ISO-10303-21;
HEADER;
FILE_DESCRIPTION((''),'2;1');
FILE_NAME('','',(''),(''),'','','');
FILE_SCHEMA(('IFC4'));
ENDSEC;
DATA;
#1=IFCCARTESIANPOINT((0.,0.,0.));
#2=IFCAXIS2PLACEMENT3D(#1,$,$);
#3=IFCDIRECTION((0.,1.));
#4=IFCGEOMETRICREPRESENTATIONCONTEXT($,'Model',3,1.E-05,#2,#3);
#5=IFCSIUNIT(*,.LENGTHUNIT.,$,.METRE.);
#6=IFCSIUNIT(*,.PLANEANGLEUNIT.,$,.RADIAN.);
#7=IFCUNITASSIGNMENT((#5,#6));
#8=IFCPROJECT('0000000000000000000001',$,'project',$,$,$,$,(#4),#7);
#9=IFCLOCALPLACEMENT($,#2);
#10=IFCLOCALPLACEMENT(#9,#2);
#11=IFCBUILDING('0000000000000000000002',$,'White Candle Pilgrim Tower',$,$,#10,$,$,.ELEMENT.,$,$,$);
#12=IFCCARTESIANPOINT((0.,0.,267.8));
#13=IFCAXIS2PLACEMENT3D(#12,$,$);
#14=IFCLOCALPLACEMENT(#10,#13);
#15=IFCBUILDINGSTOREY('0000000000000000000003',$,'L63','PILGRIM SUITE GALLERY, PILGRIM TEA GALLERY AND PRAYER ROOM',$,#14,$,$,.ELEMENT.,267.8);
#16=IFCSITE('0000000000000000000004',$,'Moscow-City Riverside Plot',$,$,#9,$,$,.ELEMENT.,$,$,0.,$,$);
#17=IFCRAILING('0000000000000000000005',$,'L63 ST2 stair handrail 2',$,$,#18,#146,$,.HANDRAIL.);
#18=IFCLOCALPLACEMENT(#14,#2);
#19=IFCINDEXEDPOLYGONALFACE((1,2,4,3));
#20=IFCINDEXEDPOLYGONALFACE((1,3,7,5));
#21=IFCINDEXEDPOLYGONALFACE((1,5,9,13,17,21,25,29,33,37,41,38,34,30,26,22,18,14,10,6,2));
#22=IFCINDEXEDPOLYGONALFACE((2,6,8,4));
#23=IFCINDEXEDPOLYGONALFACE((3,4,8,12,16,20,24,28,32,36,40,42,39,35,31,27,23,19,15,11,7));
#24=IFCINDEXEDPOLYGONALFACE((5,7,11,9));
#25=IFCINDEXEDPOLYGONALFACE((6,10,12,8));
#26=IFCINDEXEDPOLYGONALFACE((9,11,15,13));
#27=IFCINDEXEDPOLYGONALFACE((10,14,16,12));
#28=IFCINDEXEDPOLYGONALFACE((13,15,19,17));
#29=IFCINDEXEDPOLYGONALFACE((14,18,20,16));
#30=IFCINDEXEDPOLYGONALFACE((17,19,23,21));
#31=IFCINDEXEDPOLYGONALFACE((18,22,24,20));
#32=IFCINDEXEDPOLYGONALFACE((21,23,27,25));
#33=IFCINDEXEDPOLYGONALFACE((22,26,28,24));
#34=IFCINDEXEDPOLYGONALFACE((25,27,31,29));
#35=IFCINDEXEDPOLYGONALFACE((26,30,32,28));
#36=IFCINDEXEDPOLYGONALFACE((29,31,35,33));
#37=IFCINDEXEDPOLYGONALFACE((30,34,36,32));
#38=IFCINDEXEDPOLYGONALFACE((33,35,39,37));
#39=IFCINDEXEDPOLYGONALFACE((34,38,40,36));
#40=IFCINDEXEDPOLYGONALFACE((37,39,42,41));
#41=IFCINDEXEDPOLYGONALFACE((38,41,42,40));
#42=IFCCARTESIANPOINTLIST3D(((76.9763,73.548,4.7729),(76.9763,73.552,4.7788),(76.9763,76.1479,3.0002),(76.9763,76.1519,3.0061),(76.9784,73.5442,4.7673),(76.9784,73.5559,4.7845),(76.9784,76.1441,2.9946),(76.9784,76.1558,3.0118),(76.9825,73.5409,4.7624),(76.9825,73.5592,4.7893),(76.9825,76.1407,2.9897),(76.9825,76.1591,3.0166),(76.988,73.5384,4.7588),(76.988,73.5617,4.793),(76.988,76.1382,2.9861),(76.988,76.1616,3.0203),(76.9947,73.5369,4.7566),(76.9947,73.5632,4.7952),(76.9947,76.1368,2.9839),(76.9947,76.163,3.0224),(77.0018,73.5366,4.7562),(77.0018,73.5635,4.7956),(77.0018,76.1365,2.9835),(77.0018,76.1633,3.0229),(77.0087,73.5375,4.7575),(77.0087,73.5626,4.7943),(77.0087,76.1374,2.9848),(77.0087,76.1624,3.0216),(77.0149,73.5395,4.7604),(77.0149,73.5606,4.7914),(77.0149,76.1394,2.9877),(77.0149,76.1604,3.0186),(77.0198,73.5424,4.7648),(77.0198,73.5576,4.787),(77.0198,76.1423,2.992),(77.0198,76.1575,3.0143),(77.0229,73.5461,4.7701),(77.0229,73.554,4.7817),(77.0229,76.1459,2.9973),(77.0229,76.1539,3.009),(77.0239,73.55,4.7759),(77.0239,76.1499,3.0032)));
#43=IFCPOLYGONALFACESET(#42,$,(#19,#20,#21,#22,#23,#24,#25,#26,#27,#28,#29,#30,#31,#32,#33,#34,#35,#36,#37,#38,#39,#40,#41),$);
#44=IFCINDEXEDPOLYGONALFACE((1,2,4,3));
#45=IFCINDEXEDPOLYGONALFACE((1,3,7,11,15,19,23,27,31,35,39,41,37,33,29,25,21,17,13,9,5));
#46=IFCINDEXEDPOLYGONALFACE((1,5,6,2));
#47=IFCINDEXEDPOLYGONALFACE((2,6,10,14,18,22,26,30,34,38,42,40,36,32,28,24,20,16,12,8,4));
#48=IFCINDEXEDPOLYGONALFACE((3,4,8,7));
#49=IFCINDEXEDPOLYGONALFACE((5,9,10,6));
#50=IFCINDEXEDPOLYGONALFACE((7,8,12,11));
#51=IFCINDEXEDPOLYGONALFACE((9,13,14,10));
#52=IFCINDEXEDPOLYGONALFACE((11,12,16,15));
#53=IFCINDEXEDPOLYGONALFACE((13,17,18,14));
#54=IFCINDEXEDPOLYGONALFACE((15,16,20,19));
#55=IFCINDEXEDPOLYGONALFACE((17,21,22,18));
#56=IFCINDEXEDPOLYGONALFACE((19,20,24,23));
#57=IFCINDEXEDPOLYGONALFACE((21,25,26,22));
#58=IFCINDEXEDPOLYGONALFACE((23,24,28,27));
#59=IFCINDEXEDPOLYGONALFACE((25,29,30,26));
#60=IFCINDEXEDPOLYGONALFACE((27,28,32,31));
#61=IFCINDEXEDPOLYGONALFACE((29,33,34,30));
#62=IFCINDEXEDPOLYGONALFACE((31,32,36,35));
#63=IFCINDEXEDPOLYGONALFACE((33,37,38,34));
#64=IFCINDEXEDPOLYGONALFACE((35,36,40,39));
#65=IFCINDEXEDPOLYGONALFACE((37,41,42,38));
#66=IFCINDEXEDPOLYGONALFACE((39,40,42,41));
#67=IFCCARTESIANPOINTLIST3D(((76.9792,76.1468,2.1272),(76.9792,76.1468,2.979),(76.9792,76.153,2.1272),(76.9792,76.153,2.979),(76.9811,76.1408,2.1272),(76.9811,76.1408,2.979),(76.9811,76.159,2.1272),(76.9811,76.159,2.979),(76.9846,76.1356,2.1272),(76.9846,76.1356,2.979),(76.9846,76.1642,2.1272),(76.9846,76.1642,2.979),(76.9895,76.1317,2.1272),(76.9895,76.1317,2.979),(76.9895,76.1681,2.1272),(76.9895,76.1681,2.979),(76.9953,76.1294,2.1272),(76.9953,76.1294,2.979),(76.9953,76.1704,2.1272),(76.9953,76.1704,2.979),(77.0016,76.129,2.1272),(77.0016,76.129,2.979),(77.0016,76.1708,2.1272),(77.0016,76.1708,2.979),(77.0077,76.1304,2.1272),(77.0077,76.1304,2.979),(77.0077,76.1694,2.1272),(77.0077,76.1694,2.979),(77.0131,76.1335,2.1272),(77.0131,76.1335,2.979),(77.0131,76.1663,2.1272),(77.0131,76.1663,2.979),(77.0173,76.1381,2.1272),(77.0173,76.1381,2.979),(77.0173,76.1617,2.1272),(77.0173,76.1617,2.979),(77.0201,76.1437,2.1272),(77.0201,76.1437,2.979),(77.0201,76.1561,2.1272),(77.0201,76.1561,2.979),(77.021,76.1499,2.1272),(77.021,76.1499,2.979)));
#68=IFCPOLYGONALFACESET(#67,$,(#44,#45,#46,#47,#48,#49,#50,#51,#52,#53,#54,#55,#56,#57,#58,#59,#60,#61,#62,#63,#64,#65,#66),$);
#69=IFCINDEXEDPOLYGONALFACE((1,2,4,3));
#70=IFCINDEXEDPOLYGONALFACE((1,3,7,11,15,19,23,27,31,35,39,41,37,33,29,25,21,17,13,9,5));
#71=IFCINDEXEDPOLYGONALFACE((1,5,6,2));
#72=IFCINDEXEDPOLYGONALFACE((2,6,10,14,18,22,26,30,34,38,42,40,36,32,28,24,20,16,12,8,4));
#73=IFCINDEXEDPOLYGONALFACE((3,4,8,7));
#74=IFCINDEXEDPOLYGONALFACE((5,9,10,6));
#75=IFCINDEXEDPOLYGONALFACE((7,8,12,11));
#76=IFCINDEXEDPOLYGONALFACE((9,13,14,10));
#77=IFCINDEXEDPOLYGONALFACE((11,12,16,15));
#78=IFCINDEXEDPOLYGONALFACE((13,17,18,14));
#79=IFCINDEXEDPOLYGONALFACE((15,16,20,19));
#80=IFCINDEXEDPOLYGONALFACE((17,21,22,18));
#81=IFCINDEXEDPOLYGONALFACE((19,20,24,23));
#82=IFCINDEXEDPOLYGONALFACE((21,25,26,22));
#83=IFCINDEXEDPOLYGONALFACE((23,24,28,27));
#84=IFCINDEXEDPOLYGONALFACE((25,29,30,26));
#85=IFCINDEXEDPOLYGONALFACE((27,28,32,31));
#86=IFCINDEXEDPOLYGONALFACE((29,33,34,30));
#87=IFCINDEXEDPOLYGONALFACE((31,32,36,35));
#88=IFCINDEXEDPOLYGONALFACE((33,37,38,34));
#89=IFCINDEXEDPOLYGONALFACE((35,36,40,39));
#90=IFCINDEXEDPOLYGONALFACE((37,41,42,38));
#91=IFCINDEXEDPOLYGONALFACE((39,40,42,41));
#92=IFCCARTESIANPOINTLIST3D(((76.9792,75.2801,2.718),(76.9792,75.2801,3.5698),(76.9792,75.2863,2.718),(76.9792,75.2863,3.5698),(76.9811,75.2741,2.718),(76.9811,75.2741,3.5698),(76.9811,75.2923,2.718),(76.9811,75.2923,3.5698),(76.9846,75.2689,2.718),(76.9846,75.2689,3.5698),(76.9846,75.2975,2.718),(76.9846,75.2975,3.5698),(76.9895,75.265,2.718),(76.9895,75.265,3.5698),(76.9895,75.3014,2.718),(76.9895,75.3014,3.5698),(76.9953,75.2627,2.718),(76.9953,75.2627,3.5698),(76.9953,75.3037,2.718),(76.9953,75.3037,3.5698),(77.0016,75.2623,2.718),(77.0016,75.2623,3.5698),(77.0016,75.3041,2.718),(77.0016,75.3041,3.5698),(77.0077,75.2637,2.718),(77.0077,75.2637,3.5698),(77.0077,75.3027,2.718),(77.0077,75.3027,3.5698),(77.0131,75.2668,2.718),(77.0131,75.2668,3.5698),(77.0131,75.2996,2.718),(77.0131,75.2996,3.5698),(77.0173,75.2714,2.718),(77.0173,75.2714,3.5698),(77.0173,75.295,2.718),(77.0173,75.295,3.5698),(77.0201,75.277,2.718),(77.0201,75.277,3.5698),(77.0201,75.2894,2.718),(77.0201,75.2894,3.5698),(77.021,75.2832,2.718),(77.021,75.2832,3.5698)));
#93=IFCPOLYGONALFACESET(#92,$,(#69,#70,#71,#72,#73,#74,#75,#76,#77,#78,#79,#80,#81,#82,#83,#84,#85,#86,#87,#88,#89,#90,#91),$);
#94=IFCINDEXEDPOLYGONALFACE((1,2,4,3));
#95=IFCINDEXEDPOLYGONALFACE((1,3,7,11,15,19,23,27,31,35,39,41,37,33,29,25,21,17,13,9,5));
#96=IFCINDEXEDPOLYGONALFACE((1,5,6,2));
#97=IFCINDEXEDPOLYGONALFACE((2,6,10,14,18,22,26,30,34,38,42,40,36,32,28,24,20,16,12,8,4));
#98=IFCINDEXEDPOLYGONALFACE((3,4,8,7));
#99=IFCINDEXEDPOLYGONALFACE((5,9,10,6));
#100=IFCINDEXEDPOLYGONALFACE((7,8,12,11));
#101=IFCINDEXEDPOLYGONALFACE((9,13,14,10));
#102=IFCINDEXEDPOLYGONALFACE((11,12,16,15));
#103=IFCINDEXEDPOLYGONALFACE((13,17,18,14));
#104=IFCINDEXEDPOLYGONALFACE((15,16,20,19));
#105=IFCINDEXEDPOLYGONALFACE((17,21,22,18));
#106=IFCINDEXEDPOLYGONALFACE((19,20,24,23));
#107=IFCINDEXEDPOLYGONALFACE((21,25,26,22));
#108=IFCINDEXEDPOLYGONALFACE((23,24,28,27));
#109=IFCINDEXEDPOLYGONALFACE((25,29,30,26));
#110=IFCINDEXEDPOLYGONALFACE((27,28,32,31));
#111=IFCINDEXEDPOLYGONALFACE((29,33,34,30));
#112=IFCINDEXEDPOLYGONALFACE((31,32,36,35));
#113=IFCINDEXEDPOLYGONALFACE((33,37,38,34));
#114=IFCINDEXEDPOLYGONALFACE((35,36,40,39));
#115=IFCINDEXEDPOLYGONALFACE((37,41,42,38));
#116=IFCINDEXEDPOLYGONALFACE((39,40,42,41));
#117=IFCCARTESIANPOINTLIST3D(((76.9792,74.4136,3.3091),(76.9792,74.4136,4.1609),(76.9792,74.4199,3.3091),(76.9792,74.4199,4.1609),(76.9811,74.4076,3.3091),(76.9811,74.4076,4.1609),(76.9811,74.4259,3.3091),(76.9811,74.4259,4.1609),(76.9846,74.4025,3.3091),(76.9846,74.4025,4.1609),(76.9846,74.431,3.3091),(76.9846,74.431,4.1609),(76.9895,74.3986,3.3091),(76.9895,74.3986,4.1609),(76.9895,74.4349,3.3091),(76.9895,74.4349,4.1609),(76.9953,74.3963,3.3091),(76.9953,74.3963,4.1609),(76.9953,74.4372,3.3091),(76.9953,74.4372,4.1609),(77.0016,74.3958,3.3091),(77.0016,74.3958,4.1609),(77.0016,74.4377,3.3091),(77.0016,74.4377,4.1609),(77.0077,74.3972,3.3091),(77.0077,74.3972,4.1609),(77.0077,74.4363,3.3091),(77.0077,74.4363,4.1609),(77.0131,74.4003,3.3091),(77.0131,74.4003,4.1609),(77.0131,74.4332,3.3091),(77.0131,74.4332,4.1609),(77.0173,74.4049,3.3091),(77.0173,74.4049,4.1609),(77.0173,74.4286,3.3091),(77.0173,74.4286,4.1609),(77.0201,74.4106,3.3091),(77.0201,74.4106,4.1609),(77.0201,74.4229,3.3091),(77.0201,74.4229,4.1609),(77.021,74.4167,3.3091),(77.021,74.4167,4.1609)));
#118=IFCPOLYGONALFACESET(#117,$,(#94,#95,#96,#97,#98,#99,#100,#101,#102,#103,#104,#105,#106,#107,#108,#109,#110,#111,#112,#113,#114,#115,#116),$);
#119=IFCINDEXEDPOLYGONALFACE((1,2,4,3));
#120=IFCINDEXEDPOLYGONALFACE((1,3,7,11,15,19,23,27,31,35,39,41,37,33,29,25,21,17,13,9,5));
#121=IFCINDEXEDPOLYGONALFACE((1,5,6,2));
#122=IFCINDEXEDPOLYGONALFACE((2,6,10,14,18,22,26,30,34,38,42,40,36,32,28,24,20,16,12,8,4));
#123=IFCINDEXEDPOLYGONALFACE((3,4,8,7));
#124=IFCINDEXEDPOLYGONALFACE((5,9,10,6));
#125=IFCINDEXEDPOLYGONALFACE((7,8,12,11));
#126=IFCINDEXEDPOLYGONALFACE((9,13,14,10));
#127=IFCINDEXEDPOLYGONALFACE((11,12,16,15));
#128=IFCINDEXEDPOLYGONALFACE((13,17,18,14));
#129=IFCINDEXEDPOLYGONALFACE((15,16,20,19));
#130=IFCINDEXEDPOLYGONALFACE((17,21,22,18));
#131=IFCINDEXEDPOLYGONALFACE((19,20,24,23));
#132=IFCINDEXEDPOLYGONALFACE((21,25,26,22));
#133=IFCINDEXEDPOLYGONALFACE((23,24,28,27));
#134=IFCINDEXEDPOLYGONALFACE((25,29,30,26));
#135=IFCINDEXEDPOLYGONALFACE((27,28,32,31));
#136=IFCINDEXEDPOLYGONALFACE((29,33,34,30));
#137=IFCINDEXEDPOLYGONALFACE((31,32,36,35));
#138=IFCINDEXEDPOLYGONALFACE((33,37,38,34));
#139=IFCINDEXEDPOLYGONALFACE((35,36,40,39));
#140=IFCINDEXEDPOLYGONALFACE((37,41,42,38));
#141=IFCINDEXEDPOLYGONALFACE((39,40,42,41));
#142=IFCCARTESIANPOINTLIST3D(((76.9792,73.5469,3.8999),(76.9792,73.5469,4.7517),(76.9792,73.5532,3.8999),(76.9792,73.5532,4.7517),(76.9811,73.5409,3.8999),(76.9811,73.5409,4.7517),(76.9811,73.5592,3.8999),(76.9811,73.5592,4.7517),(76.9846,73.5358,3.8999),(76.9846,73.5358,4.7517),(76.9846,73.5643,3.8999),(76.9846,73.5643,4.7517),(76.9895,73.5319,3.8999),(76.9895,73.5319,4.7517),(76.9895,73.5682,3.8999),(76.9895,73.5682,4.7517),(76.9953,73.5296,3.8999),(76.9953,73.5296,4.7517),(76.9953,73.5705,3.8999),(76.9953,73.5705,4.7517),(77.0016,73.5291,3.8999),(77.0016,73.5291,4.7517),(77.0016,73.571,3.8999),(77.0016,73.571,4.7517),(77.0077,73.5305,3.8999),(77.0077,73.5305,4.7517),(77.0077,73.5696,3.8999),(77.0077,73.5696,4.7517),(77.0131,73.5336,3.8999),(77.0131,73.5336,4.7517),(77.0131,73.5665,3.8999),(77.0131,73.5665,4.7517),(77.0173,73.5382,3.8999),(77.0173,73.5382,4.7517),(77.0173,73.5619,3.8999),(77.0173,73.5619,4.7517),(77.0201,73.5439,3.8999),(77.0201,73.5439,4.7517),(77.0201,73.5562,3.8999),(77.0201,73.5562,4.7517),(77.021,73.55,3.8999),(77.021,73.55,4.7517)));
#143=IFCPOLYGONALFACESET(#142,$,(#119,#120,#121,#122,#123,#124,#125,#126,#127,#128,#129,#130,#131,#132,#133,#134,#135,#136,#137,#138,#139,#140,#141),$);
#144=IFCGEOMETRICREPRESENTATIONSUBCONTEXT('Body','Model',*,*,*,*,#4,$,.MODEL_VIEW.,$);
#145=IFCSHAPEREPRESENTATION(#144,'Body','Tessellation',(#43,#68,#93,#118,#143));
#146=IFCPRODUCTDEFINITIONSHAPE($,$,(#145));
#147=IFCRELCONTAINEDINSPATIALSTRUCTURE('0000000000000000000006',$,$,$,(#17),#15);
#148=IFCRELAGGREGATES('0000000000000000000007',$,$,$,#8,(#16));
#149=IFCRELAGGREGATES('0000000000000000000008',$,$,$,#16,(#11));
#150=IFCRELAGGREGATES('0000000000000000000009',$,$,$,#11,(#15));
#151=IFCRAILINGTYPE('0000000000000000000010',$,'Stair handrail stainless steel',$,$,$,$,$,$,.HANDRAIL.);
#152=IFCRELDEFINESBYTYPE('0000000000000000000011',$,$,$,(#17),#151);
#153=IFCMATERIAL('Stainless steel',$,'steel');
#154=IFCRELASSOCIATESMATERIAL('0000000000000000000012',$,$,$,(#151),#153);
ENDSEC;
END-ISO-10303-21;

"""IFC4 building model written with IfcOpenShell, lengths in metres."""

from ifc_helpers import new_model, si_unit, direction, frame, origin, origin_2d, place, context, subcontext, project, spatial, circle, extrude, material, type_object, element, save


model = new_model("IFC4")

# Units and contexts
model_context = context("Model", 3, precision=1e-05, world=origin(), true_north=direction((0.0, 1.0)))
body_context = subcontext(model_context, "Body", "Model", "MODEL_VIEW")
ifc_project = project(units=[si_unit("LENGTHUNIT", "METRE"), si_unit("PLANEANGLEUNIT", "RADIAN")], contexts=[model_context])

# Site, building, storey
site_placement = place(None, origin())
site = spatial("IfcSite", under=ifc_project, at=site_placement, Name="Moscow-City Riverside Plot", CompositionType="ELEMENT", RefElevation=0.0)
building_placement = place(site_placement, origin())
building = spatial("IfcBuilding", under=site, at=building_placement, Name="White Candle Pilgrim Tower", CompositionType="ELEMENT")
storey_placement = place(building_placement, frame((0.0, 0.0, 267.8)))
storey = spatial("IfcBuildingStorey", under=building, at=storey_placement, Name="L63", Description="PILGRIM SUITE GALLERY, PILGRIM TEA GALLERY AND PRAYER ROOM", CompositionType="ELEMENT", Elevation=267.8)

# Railing
ifc_material_1 = material(Name="Stainless steel", Category="steel")
railing_type_1 = type_object("IfcRailingType", Name="Stair handrail stainless steel", PredefinedType="HANDRAIL", material=ifc_material_1)
railing_1_placement = place(storey_placement, frame((77.0, 76.1499, 2.1272)))
element("IfcRailing", 1, at=railing_1_placement, inside=storey, type_object=railing_type_1, Name="L63 ST2 stair handrail 2", PredefinedType="HANDRAIL", context=body_context, shape_type="SweptSolid", body=[
    extrude(circle(Radius=0.0239, at=origin_2d()), frame((0.0, 0.0, 0.876), z_axis=(0.0, -0.826216, 0.563354), x_axis=(1.0, 0.0, 0.0)), (0.0, 0.0, 1.0), 3.1467),
    extrude(circle(Radius=0.021, at=origin_2d()), origin(), (0.0, 0.0, 1.0), 0.8518),
    extrude(circle(Radius=0.021, at=origin_2d()), frame((0.0, -0.8667, 0.5908)), (0.0, 0.0, 1.0), 0.8518),
    extrude(circle(Radius=0.021, at=origin_2d()), frame((0.0, -1.7332, 1.1819)), (0.0, 0.0, 1.0), 0.8518),
    extrude(circle(Radius=0.021, at=origin_2d()), frame((0.0, -2.5999, 1.7727)), (0.0, 0.0, 1.0), 0.8518),
])

save(model, "model.ifc")
